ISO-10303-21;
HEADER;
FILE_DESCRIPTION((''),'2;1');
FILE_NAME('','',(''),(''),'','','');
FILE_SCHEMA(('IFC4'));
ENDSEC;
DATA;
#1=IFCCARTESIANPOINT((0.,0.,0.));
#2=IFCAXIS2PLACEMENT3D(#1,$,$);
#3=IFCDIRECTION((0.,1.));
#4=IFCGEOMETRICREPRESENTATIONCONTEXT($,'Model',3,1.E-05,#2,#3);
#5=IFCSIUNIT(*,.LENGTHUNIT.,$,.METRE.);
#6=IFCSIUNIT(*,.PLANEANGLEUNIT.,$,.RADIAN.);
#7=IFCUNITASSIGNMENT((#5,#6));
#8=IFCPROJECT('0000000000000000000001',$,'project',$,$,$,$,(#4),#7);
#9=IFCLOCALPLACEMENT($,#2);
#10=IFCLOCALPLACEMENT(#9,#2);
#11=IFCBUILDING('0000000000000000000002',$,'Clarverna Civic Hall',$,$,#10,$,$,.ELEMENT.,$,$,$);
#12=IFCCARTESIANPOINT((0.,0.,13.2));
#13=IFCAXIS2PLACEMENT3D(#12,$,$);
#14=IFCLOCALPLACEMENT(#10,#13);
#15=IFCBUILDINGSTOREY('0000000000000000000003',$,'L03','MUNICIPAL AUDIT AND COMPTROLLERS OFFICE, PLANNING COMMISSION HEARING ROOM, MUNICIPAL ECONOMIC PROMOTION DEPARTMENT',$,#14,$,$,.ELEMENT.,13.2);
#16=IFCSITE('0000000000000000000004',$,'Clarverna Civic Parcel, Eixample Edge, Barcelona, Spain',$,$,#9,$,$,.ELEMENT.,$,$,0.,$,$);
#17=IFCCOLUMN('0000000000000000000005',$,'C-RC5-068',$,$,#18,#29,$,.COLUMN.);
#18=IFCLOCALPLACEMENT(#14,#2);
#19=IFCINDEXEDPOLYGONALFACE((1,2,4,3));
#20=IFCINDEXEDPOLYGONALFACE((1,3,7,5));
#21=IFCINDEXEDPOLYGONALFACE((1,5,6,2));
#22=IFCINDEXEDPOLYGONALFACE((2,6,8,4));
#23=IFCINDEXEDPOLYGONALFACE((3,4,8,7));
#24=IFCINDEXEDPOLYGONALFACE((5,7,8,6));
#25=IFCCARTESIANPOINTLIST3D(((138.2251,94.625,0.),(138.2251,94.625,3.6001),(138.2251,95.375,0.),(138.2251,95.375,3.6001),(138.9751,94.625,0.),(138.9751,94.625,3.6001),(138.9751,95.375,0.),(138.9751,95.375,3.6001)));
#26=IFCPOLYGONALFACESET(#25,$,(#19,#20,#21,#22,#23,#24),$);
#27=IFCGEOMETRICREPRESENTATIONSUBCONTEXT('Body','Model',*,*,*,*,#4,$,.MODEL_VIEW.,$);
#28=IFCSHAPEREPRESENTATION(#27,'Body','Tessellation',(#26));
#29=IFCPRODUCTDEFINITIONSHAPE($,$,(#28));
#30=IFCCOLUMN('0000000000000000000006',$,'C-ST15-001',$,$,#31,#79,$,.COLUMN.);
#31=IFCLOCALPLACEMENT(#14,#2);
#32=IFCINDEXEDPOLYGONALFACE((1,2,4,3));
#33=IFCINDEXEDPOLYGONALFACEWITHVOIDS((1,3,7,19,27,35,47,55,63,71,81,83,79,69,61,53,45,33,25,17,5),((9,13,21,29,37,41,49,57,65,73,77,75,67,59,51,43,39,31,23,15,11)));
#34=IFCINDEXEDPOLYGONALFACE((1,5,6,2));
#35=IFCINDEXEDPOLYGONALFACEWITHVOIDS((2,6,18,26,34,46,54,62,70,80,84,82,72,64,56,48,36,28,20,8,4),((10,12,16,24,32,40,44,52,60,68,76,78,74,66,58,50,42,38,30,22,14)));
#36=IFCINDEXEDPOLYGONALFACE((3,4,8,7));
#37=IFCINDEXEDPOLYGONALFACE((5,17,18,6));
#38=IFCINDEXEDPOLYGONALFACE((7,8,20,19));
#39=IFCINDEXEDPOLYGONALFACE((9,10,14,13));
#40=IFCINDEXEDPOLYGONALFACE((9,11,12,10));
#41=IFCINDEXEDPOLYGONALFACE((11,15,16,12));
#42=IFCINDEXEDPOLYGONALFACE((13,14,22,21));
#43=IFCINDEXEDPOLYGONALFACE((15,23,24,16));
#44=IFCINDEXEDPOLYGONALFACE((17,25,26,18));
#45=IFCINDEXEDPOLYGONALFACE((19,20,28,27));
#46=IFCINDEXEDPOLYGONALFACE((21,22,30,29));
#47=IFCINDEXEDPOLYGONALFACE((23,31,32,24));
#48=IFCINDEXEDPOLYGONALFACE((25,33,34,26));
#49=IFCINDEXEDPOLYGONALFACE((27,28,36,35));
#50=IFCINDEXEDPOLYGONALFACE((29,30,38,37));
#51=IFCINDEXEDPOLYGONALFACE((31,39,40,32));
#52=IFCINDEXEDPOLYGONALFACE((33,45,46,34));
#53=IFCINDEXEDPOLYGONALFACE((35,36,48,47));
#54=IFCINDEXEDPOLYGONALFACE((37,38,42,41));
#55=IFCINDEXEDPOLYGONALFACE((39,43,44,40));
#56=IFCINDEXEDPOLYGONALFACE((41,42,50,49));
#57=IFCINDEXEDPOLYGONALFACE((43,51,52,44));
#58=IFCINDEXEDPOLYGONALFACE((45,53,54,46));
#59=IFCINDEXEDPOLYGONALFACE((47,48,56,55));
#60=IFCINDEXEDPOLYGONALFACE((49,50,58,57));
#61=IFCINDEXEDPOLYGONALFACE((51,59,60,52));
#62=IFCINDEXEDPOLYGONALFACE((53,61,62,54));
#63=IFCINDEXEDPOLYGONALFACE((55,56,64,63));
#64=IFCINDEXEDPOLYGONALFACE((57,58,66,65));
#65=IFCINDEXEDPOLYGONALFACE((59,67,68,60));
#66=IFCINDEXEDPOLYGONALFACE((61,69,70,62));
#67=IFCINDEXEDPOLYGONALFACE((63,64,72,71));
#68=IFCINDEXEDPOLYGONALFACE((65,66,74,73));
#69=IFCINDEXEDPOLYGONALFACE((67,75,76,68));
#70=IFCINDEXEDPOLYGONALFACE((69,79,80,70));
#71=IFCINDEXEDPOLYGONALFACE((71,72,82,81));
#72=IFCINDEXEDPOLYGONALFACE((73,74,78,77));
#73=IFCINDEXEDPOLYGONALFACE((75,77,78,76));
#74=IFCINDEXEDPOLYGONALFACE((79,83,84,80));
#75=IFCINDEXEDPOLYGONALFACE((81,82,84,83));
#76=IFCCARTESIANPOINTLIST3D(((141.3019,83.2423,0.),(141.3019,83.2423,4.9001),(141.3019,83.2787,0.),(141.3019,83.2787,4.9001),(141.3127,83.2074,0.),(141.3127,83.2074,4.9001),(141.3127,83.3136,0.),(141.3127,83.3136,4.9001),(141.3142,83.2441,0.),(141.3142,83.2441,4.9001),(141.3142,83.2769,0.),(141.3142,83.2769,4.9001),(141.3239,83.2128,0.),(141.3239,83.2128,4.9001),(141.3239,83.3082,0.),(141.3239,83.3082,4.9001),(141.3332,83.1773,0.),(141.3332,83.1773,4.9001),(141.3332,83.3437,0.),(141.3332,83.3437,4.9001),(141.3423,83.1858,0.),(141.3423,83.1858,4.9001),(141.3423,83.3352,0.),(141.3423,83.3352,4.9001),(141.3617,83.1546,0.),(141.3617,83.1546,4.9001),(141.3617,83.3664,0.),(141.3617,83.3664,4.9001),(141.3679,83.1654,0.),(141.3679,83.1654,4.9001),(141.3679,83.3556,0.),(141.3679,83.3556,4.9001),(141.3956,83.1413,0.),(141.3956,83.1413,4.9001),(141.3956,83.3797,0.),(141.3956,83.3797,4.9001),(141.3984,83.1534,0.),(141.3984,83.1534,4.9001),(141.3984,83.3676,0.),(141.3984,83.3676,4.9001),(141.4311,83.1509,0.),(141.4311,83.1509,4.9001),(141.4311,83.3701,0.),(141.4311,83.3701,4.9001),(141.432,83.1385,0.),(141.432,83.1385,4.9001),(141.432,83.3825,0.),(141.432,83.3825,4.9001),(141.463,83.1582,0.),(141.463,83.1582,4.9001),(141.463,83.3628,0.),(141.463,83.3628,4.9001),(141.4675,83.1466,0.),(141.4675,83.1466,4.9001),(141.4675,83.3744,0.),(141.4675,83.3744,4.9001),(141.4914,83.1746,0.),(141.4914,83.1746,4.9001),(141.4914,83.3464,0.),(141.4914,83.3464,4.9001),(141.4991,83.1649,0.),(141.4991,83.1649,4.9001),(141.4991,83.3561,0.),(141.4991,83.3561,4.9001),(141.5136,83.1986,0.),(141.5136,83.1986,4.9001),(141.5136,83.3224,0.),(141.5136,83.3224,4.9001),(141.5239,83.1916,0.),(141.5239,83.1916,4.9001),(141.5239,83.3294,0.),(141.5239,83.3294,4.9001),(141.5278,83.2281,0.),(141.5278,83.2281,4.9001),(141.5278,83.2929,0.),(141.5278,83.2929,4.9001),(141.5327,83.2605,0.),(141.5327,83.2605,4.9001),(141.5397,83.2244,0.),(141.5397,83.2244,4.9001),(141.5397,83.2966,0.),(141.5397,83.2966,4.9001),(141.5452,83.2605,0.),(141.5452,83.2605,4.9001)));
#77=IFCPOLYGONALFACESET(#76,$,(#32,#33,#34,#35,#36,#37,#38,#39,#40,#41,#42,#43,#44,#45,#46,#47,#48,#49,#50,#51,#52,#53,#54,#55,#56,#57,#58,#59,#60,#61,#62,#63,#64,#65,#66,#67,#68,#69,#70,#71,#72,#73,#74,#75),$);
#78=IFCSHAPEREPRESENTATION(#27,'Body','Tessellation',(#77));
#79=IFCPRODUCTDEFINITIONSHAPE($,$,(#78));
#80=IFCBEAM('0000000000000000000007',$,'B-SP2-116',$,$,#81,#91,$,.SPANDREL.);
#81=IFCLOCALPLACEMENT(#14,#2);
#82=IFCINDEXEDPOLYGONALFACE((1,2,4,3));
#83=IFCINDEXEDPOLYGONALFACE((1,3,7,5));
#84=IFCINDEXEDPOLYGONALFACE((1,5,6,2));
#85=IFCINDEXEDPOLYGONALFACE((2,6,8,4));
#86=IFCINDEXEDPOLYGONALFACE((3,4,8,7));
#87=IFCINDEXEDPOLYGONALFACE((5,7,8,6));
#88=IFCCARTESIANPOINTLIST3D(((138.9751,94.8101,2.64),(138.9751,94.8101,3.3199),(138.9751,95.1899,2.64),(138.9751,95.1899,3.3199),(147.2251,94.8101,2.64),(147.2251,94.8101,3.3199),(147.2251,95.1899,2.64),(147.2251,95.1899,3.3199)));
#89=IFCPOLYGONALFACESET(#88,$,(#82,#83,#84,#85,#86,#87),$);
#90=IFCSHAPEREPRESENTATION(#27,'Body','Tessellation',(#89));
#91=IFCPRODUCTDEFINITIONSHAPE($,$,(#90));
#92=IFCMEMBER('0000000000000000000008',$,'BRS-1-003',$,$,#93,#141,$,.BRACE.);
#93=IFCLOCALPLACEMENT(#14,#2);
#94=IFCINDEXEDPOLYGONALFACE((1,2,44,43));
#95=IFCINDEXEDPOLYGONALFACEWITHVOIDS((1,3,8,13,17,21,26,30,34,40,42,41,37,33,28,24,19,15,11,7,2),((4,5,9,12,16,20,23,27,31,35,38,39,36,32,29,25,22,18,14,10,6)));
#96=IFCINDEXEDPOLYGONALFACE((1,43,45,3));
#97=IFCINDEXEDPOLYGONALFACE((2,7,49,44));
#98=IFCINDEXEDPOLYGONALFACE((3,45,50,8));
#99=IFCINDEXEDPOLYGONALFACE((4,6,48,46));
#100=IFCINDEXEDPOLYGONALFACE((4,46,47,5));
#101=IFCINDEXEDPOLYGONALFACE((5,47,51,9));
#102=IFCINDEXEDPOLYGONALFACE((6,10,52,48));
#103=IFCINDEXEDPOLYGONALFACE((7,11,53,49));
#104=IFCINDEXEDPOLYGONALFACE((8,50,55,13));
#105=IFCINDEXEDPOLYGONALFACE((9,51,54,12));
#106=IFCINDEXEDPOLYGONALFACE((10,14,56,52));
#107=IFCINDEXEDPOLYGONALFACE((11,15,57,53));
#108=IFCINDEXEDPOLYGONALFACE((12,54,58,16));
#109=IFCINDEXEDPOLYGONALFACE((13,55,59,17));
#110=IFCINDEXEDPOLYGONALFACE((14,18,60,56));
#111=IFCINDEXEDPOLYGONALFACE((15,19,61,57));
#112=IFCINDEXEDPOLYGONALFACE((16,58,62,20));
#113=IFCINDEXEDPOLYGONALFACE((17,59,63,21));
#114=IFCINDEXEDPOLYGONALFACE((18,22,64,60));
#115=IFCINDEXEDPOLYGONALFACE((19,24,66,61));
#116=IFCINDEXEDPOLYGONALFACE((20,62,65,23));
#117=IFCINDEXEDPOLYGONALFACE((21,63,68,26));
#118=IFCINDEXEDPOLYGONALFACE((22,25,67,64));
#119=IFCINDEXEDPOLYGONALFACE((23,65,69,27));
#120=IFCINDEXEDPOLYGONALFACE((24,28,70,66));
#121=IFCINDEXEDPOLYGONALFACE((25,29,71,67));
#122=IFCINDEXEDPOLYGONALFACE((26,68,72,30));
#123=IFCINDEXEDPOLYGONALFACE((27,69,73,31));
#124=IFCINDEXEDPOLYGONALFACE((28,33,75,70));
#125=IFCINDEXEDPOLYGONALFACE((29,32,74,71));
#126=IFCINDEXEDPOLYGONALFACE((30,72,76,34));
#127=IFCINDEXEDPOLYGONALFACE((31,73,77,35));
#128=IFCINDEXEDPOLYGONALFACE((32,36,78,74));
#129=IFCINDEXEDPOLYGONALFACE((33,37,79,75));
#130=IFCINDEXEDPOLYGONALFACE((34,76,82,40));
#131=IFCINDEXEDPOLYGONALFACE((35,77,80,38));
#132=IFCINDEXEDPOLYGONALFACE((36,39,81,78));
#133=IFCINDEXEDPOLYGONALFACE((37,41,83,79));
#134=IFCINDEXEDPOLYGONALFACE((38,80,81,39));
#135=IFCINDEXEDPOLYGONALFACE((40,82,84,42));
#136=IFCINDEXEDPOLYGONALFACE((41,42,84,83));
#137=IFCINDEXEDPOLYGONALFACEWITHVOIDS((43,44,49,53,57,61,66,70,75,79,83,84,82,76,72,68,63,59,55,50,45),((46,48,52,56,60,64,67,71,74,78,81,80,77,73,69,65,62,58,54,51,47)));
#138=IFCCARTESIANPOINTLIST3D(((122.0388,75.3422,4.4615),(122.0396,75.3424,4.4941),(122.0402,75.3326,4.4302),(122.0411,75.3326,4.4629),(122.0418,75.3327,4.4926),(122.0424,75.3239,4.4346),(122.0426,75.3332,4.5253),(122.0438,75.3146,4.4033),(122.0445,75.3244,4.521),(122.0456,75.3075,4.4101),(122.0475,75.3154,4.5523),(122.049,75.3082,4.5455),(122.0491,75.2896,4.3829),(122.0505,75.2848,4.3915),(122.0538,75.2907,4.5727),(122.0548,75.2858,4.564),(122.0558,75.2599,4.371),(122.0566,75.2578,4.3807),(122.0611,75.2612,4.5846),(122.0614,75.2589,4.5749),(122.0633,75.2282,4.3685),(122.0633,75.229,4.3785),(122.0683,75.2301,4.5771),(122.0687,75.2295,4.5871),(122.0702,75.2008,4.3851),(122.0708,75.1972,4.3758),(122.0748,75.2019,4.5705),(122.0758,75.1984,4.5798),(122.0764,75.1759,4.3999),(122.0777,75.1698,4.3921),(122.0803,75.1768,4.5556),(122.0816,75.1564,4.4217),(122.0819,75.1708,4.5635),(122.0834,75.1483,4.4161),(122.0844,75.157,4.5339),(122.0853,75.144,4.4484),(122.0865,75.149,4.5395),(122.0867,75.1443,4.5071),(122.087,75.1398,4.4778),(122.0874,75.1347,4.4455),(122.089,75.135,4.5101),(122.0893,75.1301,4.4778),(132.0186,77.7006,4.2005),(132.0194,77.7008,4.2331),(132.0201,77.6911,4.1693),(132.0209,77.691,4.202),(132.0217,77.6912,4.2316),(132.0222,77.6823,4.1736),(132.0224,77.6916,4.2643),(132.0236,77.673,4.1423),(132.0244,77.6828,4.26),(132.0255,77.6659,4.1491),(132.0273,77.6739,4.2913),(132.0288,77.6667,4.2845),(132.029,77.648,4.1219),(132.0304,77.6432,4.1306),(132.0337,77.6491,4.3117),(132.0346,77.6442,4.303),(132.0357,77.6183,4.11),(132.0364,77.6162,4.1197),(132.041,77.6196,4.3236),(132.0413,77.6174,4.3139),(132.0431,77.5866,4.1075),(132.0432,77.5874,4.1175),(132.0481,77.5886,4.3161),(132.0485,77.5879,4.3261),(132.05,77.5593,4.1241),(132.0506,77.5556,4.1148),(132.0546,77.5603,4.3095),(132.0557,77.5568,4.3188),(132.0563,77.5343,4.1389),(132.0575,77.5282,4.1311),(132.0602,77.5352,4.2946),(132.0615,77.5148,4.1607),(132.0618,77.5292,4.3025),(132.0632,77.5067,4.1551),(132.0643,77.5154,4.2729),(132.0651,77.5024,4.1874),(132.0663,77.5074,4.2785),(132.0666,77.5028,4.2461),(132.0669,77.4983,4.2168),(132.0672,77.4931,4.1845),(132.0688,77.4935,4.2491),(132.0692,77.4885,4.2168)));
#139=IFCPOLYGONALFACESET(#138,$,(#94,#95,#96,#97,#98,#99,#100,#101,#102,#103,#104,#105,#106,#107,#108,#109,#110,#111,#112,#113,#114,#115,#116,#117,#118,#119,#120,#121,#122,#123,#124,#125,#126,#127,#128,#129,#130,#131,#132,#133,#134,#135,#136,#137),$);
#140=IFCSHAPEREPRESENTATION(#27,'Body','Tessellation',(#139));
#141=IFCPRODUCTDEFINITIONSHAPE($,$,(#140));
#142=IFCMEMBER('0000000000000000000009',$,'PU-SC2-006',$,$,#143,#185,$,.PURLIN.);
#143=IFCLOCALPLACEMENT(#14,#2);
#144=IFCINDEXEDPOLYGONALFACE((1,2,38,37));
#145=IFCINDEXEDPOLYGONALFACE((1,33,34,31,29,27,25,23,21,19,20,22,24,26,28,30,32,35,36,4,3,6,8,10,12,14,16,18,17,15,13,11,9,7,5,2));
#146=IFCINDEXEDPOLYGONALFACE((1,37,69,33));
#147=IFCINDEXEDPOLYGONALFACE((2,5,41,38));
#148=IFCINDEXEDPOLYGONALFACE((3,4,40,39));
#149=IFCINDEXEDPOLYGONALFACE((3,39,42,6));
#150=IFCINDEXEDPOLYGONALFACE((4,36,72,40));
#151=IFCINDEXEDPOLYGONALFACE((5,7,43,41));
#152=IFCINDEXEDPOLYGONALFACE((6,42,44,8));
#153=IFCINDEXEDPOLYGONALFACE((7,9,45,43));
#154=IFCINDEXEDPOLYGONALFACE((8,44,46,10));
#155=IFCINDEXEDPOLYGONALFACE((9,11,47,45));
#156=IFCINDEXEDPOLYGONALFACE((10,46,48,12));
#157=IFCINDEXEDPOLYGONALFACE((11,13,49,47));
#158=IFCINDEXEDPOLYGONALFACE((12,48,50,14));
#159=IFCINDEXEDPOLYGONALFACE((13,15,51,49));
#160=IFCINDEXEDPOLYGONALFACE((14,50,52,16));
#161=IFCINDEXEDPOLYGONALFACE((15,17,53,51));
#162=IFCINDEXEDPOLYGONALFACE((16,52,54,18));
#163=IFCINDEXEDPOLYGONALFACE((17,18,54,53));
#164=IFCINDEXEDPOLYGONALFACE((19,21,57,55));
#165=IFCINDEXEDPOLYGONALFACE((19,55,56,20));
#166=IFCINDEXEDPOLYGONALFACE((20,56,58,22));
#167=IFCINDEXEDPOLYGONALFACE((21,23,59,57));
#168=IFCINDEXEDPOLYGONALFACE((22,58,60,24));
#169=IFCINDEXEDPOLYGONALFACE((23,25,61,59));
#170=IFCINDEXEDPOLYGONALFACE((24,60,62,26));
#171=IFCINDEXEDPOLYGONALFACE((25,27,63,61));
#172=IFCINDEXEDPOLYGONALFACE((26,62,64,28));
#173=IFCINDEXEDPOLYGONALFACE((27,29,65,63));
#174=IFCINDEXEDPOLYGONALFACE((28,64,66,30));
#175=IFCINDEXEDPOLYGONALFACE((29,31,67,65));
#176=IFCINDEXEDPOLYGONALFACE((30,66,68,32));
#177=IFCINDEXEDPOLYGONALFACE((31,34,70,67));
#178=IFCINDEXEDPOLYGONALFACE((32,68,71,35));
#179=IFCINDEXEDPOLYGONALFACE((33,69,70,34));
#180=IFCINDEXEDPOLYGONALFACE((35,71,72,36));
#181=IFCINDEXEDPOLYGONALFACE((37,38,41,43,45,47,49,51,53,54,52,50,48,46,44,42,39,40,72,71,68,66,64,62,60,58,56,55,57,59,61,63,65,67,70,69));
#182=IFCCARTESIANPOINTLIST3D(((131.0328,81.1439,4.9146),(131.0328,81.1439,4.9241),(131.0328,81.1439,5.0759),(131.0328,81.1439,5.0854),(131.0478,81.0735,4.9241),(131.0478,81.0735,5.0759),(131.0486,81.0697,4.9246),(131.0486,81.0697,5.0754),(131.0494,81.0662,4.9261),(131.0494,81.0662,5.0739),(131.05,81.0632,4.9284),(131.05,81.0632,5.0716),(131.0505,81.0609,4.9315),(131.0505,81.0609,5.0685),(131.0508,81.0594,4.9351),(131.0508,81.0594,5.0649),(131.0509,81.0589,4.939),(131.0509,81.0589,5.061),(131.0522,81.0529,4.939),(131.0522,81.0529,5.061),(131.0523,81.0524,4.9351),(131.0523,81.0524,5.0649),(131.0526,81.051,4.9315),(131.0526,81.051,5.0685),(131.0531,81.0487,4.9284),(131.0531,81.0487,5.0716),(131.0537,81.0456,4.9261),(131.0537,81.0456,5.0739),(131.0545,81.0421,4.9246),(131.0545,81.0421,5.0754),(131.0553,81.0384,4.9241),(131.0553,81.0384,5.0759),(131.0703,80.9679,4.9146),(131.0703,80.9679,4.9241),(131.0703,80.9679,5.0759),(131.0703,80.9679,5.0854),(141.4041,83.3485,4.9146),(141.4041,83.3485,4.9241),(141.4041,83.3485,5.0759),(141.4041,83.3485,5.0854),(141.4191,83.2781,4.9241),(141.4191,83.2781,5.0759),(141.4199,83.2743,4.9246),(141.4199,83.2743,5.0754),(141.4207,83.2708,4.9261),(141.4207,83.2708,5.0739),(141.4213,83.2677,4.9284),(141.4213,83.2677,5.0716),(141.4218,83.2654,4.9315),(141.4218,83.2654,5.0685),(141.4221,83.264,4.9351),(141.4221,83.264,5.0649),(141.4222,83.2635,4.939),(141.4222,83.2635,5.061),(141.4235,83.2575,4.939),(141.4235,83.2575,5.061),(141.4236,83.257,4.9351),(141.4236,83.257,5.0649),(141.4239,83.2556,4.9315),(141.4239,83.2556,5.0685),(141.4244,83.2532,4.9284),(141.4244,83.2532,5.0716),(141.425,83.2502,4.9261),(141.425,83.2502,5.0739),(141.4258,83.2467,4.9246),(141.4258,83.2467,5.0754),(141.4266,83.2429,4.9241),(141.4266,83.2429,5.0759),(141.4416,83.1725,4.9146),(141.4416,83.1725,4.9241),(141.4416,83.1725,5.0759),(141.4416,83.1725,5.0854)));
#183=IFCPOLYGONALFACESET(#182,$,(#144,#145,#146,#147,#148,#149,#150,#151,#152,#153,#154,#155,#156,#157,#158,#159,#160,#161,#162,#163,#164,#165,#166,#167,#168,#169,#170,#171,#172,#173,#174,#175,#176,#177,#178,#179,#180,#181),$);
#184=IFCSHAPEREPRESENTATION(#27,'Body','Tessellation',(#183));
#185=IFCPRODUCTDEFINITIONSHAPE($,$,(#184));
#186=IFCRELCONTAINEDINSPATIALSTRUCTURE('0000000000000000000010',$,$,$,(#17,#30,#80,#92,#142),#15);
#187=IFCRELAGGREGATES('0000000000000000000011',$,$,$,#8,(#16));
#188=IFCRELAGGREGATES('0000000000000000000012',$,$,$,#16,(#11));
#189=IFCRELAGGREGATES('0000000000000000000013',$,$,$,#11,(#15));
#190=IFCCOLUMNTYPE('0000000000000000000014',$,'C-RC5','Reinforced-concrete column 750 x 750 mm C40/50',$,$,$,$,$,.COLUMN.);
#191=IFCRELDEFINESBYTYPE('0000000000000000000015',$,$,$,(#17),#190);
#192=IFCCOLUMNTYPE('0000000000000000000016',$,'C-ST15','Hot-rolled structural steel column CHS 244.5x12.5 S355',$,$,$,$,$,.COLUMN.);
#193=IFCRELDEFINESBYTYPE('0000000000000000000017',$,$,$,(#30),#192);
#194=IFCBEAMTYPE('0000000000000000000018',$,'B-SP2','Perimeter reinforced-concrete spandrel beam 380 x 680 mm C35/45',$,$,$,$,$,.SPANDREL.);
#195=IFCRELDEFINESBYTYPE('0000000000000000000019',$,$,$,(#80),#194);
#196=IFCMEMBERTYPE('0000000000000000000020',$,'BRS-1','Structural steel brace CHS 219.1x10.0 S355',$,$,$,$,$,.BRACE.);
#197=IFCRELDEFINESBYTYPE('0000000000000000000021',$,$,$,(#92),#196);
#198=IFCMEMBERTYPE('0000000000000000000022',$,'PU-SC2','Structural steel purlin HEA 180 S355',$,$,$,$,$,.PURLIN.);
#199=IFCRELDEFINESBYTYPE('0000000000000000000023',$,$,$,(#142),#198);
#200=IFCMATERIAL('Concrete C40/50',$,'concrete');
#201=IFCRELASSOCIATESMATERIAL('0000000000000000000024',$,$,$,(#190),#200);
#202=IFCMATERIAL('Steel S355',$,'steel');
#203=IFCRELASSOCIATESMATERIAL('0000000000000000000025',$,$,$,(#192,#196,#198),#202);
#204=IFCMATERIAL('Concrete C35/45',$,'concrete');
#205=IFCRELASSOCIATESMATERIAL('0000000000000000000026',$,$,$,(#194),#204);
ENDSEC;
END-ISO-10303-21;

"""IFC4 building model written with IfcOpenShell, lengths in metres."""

from ifc_helpers import new_model, si_unit, direction, frame, origin, origin_2d, place, context, subcontext, project, spatial, rectangle, hollow_circle, i_section, extrude, material, material_profile, profile_set, type_object, element, save


model = new_model("IFC4")

# Units and contexts
model_context = context("Model", 3, precision=1e-05, world=origin(), true_north=direction((0.0, 1.0)))
body_context = subcontext(model_context, "Body", "Model", "MODEL_VIEW")
ifc_project = project(units=[si_unit("LENGTHUNIT", "METRE"), si_unit("PLANEANGLEUNIT", "RADIAN")], contexts=[model_context])

# Site, building, storey
site_placement = place(None, origin())
site = spatial("IfcSite", under=ifc_project, at=site_placement, Name="Clarverna Civic Parcel, Eixample Edge, Barcelona, Spain", CompositionType="ELEMENT", RefElevation=0.0)
building_placement = place(site_placement, origin())
building = spatial("IfcBuilding", under=site, at=building_placement, Name="Clarverna Civic Hall", CompositionType="ELEMENT")
storey_placement = place(building_placement, frame((0.0, 0.0, 13.2)))
storey = spatial("IfcBuildingStorey", under=building, at=storey_placement, Name="L03", Description="MUNICIPAL AUDIT AND COMPTROLLERS OFFICE, PLANNING COMMISSION HEARING ROOM, MUNICIPAL ECONOMIC PROMOTION DEPARTMENT", CompositionType="ELEMENT", Elevation=13.2)

# Columns
ifc_material_1 = material(Name="Concrete C40/50", Category="concrete")
ifc_material_profile_1 = material_profile(ifc_material_1, rectangle(XDim=0.75, YDim=0.75, at=origin_2d()), Name="RC 750x750")
ifc_profile_set_1 = profile_set([ifc_material_profile_1], Name="Concrete C40/50")
column_type_1 = type_object("IfcColumnType", Name="C-RC5", Description="Reinforced-concrete column 750 x 750 mm C40/50", PredefinedType="COLUMN", material=ifc_profile_set_1)
column_1_placement = place(storey_placement, frame((138.6001, 95.0, 0.0), z_axis=(0.0, 0.0, 1.0), x_axis=(1.0, 0.0, 0.0)))
element("IfcColumn", 1, at=column_1_placement, inside=storey, type_object=column_type_1, Name="C-RC5-068", PredefinedType="COLUMN", context=body_context, shape_type="SweptSolid", body=[
    extrude(rectangle(XDim=0.75, YDim=0.75, at=origin_2d()), origin(), (0.0, 0.0, 1.0), 3.6001),
])
ifc_material_2 = material(Name="Steel S355", Category="steel")
ifc_material_profile_2 = material_profile(ifc_material_2, hollow_circle(Radius=0.1223, WallThickness=0.0125, at=origin_2d()), Name="CHS 244.5x12.5")
ifc_profile_set_2 = profile_set([ifc_material_profile_2], Name="Steel S355")
column_type_2 = type_object("IfcColumnType", Name="C-ST15", Description="Hot-rolled structural steel column CHS 244.5x12.5 S355", PredefinedType="COLUMN", material=ifc_profile_set_2)
column_2_placement = place(storey_placement, frame((141.4229, 83.2605, 0.0), z_axis=(0.0, 0.0, 1.0), x_axis=(1.0, 0.0, 0.0)))
element("IfcColumn", 2, at=column_2_placement, inside=storey, type_object=column_type_2, Name="C-ST15-001", PredefinedType="COLUMN", context=body_context, shape_type="SweptSolid", body=[
    extrude(hollow_circle(Radius=0.1223, WallThickness=0.0125, at=origin_2d()), origin(), (0.0, 0.0, 1.0), 4.9001),
])

# Beam
ifc_material_3 = material(Name="Concrete C35/45", Category="concrete")
ifc_material_profile_3 = material_profile(ifc_material_3, rectangle(XDim=0.3799, YDim=0.6799, at=origin_2d()), Name="RC 380x680")
ifc_profile_set_3 = profile_set([ifc_material_profile_3], Name="Concrete C35/45")
beam_type = type_object("IfcBeamType", Name="B-SP2", Description="Perimeter reinforced-concrete spandrel beam 380 x 680 mm C35/45", PredefinedType="SPANDREL", material=ifc_profile_set_3)
beam_placement = place(storey_placement, frame((138.9751, 95.0, 2.98), z_axis=(1.0, 0.0, 0.0), x_axis=(0.0, 1.0, 0.0)))
element("IfcBeam", 3, at=beam_placement, inside=storey, type_object=beam_type, Name="B-SP2-116", PredefinedType="SPANDREL", context=body_context, shape_type="SweptSolid", body=[
    extrude(rectangle(XDim=0.3799, YDim=0.6799, at=origin_2d()), origin(), (0.0, 0.0, 1.0), 8.25),
])

# Members
ifc_material_profile_4 = material_profile(ifc_material_2, hollow_circle(Radius=0.1096, WallThickness=0.01, at=origin_2d()), Name="CHS 219.1x10.0")
ifc_profile_set_4 = profile_set([ifc_material_profile_4], Name="Steel S355")
member_type_1 = type_object("IfcMemberType", Name="BRS-1", Description="Structural steel brace CHS 219.1x10.0 S355", PredefinedType="BRACE", material=ifc_profile_set_4)
member_1_placement = place(storey_placement, frame((132.0439, 77.5952, 4.2168), z_axis=(-0.972879, -0.22991, 0.025442), x_axis=(0.229984, -0.973194, 0.0)))
element("IfcMember", 4, at=member_1_placement, inside=storey, type_object=member_type_1, Name="BRS-1-003", PredefinedType="BRACE", context=body_context, shape_type="SweptSolid", body=[
    extrude(hollow_circle(Radius=0.1096, WallThickness=0.01, at=origin_2d()), origin(), (0.0, 0.0, 1.0), 10.2581),
])
ifc_material_profile_5 = material_profile(ifc_material_2, i_section(OverallWidth=0.1799, OverallDepth=0.1709, WebThickness=0.0061, FlangeThickness=0.0095, FilletRadius=0.0149, at=origin_2d()), Name="HEA 180")
ifc_profile_set_5 = profile_set([ifc_material_profile_5], Name="Steel S355")
member_type_2 = type_object("IfcMemberType", Name="PU-SC2", Description="Structural steel purlin HEA 180 S355", PredefinedType="PURLIN", material=ifc_profile_set_5)
member_2_placement = place(storey_placement, frame((141.4229, 83.2605, 5.0), z_axis=(-0.978146, -0.20792, 0.0), x_axis=(0.20792, -0.978146, 0.0)))
element("IfcMember", 5, at=member_2_placement, inside=storey, type_object=member_type_2, Name="PU-SC2-006", PredefinedType="PURLIN", context=body_context, shape_type="SweptSolid", body=[
    extrude(i_section(OverallWidth=0.1799, OverallDepth=0.1709, WebThickness=0.0061, FlangeThickness=0.0095, FilletRadius=0.0149, at=origin_2d()), origin(), (0.0, 0.0, 1.0), 10.603),
])

save(model, "model.ifc")
